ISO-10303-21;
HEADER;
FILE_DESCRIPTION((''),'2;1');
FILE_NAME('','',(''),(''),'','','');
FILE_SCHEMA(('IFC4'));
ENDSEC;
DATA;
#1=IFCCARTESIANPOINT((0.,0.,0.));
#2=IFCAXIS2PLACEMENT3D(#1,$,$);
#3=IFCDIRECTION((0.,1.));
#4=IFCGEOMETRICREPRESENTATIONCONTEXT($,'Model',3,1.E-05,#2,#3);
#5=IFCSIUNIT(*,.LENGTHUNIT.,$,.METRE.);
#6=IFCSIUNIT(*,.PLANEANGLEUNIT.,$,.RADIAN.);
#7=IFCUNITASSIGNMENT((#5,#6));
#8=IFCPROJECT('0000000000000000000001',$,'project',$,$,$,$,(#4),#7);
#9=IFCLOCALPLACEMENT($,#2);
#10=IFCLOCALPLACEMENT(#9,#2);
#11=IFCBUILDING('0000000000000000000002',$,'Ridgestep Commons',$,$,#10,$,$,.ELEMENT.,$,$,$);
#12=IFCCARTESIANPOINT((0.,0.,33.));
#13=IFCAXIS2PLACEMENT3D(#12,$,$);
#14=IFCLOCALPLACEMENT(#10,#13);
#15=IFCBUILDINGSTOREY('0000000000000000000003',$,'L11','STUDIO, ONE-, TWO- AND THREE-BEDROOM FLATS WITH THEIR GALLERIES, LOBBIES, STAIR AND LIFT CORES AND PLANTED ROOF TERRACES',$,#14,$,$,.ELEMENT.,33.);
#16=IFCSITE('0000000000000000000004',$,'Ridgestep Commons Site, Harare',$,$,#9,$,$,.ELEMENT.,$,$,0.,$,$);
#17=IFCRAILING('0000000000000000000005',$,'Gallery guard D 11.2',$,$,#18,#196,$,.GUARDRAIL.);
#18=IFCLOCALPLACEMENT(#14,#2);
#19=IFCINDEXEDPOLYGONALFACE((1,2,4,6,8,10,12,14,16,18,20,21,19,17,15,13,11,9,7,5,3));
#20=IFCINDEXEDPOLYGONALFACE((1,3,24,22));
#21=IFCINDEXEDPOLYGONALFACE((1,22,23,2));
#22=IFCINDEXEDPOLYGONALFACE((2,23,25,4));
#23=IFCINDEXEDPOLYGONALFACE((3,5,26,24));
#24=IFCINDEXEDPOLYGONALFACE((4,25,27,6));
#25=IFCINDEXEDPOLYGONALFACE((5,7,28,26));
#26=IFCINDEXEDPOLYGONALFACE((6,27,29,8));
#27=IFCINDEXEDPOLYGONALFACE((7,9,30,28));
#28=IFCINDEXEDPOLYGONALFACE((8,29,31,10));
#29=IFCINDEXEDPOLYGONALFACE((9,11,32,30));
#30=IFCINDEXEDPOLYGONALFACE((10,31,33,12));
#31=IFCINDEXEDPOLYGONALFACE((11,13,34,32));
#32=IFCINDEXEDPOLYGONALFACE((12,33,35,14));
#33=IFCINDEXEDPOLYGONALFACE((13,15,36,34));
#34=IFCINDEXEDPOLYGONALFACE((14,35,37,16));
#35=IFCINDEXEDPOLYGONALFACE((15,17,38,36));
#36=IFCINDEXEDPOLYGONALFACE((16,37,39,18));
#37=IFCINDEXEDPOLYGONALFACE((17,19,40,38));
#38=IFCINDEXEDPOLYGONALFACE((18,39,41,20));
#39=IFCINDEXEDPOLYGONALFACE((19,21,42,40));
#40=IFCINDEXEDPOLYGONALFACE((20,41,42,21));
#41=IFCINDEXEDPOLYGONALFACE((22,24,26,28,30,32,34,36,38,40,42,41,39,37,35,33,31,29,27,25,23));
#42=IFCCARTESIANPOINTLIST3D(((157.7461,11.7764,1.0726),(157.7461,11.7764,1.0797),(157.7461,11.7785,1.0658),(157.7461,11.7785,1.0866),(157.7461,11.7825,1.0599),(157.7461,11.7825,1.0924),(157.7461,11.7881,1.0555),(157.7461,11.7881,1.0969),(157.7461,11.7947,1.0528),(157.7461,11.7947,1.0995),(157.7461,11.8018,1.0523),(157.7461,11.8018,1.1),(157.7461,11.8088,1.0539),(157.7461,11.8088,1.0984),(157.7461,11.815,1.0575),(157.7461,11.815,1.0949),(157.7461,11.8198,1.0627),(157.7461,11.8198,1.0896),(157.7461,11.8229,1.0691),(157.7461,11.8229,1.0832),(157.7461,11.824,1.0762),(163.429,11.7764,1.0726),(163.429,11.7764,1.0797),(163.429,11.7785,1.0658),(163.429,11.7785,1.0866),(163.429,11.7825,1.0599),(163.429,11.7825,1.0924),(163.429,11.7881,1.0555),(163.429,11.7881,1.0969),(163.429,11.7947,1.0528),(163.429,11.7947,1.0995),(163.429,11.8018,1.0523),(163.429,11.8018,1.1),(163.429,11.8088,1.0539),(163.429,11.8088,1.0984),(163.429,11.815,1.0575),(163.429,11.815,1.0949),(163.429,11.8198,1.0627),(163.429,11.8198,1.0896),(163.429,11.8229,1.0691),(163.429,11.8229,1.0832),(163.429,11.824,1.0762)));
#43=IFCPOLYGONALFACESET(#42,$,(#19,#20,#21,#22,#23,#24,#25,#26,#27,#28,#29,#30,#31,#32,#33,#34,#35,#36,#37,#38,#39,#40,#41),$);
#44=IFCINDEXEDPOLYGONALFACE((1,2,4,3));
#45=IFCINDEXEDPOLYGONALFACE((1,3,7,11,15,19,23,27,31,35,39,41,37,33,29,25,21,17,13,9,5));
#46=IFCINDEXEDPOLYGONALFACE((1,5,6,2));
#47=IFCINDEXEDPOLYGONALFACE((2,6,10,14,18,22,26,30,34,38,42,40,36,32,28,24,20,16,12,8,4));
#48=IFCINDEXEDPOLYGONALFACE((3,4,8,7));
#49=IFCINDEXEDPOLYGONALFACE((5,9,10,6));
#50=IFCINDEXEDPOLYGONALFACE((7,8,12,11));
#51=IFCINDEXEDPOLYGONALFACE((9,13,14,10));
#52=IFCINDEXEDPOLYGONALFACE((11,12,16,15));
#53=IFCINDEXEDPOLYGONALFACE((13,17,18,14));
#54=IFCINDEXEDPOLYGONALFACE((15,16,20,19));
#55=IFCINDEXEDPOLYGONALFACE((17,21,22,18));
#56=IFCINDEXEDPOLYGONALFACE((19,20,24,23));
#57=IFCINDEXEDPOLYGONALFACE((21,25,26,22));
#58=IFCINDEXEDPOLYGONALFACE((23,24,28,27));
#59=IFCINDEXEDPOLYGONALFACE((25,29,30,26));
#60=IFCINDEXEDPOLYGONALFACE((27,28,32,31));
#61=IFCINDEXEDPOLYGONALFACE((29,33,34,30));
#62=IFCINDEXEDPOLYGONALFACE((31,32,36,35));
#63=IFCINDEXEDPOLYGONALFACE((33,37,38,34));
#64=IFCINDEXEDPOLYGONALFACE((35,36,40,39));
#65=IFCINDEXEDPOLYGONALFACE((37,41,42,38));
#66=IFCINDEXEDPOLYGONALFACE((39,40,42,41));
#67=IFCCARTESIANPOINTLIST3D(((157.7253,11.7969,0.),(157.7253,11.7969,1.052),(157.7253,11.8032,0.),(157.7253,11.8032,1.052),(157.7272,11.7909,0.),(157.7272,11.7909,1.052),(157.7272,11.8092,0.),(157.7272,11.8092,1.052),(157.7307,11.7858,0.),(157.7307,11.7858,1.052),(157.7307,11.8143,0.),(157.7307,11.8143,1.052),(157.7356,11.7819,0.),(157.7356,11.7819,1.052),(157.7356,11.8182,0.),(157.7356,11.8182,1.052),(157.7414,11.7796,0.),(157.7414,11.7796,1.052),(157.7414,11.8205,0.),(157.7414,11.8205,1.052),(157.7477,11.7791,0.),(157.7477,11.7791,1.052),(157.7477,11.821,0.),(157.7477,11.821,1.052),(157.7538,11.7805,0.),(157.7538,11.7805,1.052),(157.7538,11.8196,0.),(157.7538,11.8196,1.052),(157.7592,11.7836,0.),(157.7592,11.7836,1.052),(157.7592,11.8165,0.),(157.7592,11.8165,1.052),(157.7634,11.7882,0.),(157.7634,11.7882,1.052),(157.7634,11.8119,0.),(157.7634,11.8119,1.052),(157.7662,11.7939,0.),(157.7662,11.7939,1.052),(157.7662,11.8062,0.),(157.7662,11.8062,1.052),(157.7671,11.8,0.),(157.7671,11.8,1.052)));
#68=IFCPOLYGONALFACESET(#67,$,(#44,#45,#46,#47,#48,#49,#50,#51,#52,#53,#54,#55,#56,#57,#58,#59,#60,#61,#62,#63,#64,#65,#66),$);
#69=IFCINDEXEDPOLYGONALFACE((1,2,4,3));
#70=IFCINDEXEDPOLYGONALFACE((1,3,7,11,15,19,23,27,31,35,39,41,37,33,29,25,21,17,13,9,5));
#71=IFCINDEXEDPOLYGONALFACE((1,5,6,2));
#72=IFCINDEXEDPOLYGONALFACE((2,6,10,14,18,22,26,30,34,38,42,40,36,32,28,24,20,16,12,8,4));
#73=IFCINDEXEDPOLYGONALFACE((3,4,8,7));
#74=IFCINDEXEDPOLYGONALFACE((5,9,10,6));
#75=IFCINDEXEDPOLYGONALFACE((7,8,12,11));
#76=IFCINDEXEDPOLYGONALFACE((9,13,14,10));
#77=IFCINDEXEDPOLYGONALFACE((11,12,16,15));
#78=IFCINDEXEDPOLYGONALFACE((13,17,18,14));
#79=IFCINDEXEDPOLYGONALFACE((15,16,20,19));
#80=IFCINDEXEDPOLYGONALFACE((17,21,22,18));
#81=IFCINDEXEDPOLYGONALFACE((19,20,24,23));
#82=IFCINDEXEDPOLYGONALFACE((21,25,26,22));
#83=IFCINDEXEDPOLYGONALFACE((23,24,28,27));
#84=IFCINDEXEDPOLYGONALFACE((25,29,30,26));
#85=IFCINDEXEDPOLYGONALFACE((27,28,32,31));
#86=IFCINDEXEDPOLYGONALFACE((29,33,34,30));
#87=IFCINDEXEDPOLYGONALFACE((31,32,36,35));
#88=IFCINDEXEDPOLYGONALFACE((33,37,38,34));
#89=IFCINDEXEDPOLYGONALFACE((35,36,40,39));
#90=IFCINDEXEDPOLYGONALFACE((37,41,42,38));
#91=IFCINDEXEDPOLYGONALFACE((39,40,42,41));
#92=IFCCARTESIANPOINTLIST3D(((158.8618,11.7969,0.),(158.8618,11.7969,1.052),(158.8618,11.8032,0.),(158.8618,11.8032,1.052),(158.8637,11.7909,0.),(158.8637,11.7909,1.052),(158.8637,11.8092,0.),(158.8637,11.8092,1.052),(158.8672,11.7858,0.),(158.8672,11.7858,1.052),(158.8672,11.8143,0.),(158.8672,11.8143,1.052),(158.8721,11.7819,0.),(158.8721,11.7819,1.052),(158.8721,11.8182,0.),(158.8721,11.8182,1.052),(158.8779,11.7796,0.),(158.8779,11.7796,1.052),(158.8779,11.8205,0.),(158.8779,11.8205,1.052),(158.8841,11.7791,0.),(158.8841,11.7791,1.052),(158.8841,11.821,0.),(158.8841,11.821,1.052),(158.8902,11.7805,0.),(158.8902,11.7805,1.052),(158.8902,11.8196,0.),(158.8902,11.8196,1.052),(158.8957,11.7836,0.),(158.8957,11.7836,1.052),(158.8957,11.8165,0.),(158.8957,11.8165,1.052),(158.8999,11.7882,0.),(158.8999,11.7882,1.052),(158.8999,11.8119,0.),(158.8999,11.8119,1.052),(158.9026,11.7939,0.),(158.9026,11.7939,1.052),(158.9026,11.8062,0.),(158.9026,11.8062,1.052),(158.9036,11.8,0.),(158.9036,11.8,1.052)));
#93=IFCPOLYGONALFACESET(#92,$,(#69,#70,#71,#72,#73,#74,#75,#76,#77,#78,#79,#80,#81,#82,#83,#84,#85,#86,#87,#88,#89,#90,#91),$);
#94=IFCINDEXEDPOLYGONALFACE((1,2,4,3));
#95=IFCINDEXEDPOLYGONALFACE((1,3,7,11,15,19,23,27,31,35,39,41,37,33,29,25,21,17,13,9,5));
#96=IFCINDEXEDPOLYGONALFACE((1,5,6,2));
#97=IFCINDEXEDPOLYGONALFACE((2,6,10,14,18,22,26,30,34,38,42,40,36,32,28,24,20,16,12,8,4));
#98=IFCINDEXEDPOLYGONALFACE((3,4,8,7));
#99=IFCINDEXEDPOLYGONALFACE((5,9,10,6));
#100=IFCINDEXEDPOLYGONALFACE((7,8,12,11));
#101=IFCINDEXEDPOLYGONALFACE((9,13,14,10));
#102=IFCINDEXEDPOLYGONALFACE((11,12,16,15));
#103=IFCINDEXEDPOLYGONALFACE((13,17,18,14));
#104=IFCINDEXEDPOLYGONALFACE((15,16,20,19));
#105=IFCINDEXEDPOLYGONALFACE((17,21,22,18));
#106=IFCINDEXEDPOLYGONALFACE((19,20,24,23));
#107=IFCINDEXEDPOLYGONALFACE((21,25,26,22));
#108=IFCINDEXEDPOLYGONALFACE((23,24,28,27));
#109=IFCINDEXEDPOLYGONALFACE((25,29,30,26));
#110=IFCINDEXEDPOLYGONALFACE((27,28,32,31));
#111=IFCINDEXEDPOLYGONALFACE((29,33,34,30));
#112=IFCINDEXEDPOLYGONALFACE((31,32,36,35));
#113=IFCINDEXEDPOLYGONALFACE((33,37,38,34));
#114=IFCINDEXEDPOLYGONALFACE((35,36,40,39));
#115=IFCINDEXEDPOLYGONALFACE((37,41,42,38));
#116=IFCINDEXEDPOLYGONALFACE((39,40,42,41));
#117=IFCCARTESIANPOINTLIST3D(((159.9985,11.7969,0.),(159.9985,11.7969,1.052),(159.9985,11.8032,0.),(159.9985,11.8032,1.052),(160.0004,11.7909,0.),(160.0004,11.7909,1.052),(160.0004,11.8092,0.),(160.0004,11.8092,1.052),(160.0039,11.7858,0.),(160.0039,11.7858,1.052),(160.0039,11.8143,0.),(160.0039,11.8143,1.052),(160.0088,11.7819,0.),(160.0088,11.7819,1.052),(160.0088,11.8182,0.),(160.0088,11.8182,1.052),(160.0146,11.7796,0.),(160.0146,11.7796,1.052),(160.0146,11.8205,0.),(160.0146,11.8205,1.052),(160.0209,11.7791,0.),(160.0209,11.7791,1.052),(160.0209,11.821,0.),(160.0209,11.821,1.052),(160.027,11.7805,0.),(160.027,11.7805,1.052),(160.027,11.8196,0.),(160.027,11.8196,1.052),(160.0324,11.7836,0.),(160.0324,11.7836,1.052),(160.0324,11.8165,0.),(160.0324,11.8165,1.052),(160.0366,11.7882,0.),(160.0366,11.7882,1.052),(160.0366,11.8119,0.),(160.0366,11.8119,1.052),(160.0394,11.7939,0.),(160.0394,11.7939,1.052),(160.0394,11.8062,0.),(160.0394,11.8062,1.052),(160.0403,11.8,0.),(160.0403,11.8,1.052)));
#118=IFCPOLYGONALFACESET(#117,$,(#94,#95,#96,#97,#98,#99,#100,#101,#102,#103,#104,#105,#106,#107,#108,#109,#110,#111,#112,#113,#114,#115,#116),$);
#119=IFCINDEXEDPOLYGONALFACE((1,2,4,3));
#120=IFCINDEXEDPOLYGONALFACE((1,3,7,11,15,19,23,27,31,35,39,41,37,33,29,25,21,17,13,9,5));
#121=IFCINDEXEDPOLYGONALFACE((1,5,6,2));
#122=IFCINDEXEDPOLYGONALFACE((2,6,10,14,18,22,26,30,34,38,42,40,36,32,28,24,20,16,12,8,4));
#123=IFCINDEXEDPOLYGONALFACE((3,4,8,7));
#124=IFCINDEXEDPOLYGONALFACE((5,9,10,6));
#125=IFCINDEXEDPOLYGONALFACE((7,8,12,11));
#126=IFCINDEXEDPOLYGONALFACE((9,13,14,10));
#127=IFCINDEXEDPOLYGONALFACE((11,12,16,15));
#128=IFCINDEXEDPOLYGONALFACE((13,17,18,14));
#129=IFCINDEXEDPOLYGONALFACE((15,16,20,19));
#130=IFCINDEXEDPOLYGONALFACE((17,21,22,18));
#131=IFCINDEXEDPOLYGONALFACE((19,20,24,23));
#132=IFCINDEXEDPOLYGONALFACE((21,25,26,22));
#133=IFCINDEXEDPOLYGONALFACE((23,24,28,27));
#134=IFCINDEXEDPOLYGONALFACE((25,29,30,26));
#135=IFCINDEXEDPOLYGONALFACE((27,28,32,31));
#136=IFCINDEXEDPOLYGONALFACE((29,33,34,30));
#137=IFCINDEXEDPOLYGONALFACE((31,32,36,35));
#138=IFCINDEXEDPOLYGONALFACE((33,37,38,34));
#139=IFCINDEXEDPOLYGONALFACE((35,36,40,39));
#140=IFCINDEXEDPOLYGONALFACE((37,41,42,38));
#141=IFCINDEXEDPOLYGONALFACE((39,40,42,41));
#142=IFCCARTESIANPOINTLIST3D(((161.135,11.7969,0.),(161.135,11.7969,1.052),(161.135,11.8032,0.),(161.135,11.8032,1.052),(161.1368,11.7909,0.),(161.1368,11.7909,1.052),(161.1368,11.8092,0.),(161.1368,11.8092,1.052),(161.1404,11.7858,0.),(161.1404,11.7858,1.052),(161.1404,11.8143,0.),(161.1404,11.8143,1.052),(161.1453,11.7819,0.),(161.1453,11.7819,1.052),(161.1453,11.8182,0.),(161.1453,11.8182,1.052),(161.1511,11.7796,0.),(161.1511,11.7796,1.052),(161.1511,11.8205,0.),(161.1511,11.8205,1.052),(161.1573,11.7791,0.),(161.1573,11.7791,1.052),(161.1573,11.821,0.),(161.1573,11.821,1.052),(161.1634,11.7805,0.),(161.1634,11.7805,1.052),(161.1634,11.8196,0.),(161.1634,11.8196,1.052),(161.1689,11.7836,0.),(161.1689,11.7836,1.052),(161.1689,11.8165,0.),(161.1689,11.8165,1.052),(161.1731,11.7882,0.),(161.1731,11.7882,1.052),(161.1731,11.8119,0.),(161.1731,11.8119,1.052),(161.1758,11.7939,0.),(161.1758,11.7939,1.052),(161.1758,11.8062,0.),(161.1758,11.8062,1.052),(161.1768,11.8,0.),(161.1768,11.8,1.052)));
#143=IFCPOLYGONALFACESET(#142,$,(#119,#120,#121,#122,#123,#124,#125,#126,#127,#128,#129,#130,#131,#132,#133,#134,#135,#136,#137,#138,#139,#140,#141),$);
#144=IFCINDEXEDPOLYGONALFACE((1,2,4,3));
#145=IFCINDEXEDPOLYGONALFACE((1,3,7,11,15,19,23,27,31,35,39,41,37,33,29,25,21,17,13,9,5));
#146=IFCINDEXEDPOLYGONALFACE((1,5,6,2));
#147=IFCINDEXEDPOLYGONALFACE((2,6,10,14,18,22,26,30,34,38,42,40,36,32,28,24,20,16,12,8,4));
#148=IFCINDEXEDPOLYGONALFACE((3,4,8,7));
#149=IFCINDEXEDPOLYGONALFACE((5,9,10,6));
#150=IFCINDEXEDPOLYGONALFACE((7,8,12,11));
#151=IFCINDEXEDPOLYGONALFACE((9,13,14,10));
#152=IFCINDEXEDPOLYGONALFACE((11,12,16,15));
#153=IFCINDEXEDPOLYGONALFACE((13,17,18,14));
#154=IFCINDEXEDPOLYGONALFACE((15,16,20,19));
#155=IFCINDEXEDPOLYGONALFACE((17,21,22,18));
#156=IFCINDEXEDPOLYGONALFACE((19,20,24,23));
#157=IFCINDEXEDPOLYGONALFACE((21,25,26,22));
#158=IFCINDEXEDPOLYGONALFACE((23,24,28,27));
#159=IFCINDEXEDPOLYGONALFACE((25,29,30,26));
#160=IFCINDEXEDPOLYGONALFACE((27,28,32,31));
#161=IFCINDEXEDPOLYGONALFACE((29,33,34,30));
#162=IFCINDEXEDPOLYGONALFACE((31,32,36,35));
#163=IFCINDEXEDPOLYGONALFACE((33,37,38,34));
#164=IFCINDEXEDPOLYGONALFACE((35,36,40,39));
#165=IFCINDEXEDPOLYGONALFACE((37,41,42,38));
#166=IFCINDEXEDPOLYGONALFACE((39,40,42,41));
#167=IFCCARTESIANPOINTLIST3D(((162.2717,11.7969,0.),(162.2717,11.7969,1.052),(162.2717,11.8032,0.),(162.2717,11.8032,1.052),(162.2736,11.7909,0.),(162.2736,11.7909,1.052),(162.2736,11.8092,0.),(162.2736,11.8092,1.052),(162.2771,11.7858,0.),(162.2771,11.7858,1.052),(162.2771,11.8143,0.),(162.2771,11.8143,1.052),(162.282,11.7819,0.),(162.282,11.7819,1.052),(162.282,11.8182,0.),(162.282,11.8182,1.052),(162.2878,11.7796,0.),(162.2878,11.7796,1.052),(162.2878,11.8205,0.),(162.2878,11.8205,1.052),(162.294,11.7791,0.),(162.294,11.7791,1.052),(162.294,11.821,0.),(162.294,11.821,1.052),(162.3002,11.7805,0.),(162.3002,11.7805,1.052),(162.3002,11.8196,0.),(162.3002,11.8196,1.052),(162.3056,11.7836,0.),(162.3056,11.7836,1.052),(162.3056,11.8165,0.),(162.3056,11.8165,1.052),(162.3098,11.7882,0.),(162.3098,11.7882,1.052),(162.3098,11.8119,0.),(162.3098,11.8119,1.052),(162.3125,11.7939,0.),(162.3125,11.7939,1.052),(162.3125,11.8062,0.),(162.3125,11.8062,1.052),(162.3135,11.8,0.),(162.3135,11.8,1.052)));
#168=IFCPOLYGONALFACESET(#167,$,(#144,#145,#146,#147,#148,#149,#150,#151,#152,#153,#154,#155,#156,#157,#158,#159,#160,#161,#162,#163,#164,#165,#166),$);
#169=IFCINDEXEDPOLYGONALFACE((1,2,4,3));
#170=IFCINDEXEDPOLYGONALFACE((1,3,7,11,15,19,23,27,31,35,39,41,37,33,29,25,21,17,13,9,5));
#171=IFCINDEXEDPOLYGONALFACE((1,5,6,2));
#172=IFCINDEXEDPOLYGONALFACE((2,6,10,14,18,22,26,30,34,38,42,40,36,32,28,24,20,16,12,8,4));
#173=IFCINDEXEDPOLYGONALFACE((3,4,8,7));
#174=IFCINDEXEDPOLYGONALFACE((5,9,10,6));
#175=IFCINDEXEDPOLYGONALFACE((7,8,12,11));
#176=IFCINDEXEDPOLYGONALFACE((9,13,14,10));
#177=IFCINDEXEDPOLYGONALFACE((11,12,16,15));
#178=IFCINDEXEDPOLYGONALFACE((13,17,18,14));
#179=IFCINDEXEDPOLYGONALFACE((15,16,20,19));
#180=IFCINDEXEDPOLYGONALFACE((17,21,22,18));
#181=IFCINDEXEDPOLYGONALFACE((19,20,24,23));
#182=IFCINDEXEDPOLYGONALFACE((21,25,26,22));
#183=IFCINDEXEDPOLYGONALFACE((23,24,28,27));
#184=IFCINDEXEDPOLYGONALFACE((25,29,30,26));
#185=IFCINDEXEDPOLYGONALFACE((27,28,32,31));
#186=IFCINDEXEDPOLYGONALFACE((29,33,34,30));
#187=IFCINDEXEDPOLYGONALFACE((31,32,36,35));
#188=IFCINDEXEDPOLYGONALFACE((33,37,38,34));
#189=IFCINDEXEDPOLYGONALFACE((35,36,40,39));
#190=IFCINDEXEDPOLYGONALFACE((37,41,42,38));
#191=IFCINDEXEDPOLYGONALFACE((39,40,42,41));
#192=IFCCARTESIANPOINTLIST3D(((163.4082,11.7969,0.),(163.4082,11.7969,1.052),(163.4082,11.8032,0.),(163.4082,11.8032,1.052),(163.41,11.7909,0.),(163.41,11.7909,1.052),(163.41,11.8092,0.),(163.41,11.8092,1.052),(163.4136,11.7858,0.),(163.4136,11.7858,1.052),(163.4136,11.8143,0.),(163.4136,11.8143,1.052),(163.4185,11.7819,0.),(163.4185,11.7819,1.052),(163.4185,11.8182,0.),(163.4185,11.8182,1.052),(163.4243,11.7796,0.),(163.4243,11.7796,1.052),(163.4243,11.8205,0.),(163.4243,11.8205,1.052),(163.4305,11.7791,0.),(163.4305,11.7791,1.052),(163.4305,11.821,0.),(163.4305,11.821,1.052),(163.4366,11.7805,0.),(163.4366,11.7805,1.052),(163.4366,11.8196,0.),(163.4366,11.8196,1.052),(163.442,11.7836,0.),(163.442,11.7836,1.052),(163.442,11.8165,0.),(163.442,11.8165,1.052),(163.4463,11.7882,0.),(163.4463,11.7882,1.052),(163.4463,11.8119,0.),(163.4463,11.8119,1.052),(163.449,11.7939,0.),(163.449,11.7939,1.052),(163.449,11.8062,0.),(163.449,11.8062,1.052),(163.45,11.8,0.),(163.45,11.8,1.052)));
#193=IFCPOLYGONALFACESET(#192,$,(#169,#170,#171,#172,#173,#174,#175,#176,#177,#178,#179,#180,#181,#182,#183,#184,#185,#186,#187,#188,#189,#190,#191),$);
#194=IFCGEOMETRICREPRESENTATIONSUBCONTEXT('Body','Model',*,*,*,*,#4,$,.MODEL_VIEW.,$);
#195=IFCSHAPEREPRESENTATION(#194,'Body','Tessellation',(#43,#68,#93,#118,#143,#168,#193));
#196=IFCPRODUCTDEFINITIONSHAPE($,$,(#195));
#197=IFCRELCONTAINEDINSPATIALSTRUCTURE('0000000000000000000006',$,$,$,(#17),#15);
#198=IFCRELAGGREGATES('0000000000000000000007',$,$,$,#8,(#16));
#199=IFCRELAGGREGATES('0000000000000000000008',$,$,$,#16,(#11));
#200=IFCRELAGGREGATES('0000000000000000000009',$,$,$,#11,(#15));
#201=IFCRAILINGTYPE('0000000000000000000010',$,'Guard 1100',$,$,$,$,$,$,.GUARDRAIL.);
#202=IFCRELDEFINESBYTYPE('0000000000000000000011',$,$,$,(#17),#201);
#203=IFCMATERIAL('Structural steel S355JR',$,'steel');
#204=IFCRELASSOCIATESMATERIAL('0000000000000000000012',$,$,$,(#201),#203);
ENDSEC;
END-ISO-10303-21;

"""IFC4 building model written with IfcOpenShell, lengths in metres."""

from ifc_helpers import new_model, si_unit, direction, frame, origin, origin_2d, place, context, subcontext, project, spatial, circle, extrude, material, type_object, element, save


model = new_model("IFC4")

# Units and contexts
model_context = context("Model", 3, precision=1e-05, world=origin(), true_north=direction((0.0, 1.0)))
body_context = subcontext(model_context, "Body", "Model", "MODEL_VIEW")
ifc_project = project(units=[si_unit("LENGTHUNIT", "METRE"), si_unit("PLANEANGLEUNIT", "RADIAN")], contexts=[model_context])

# Site, building, storey
site_placement = place(None, origin())
site = spatial("IfcSite", under=ifc_project, at=site_placement, Name="Ridgestep Commons Site, Harare", CompositionType="ELEMENT", RefElevation=0.0)
building_placement = place(site_placement, origin())
building = spatial("IfcBuilding", under=site, at=building_placement, Name="Ridgestep Commons", CompositionType="ELEMENT")
storey_placement = place(building_placement, frame((0.0, 0.0, 33.0)))
storey = spatial("IfcBuildingStorey", under=building, at=storey_placement, Name="L11", Description="STUDIO, ONE-, TWO- AND THREE-BEDROOM FLATS WITH THEIR GALLERIES, LOBBIES, STAIR AND LIFT CORES AND PLANTED ROOF TERRACES", CompositionType="ELEMENT", Elevation=33.0)

# Railing
ifc_material_1 = material(Name="Structural steel S355JR", Category="steel")
railing_type = type_object("IfcRailingType", Name="Guard 1100", PredefinedType="GUARDRAIL", material=ifc_material_1)
railing_1_placement = place(storey_placement, frame((157.7461, 11.8, 0.0)))
element("IfcRailing", 1, at=railing_1_placement, inside=storey, type_object=railing_type, Name="Gallery guard D 11.2", PredefinedType="GUARDRAIL", context=body_context, shape_type="SweptSolid", body=[
    extrude(circle(Radius=0.0239, at=origin_2d()), frame((0.0, 0.0, 1.0762), z_axis=(1.0, 0.0, 0.0), x_axis=(0.0, 1.0, 0.0)), (0.0, 0.0, 1.0), 5.6829),
    extrude(circle(Radius=0.021, at=origin_2d()), origin(), (0.0, 0.0, 1.0), 1.052),
    extrude(circle(Radius=0.021, at=origin_2d()), frame((1.1365, 0.0, 0.0)), (0.0, 0.0, 1.0), 1.052),
    extrude(circle(Radius=0.021, at=origin_2d()), frame((2.2732, 0.0, 0.0)), (0.0, 0.0, 1.0), 1.052),
    extrude(circle(Radius=0.021, at=origin_2d()), frame((3.4097, 0.0, 0.0)), (0.0, 0.0, 1.0), 1.052),
    extrude(circle(Radius=0.021, at=origin_2d()), frame((4.5464, 0.0, 0.0)), (0.0, 0.0, 1.0), 1.052),
    extrude(circle(Radius=0.021, at=origin_2d()), frame((5.6829, 0.0, 0.0)), (0.0, 0.0, 1.0), 1.052),
])

save(model, "model.ifc")
